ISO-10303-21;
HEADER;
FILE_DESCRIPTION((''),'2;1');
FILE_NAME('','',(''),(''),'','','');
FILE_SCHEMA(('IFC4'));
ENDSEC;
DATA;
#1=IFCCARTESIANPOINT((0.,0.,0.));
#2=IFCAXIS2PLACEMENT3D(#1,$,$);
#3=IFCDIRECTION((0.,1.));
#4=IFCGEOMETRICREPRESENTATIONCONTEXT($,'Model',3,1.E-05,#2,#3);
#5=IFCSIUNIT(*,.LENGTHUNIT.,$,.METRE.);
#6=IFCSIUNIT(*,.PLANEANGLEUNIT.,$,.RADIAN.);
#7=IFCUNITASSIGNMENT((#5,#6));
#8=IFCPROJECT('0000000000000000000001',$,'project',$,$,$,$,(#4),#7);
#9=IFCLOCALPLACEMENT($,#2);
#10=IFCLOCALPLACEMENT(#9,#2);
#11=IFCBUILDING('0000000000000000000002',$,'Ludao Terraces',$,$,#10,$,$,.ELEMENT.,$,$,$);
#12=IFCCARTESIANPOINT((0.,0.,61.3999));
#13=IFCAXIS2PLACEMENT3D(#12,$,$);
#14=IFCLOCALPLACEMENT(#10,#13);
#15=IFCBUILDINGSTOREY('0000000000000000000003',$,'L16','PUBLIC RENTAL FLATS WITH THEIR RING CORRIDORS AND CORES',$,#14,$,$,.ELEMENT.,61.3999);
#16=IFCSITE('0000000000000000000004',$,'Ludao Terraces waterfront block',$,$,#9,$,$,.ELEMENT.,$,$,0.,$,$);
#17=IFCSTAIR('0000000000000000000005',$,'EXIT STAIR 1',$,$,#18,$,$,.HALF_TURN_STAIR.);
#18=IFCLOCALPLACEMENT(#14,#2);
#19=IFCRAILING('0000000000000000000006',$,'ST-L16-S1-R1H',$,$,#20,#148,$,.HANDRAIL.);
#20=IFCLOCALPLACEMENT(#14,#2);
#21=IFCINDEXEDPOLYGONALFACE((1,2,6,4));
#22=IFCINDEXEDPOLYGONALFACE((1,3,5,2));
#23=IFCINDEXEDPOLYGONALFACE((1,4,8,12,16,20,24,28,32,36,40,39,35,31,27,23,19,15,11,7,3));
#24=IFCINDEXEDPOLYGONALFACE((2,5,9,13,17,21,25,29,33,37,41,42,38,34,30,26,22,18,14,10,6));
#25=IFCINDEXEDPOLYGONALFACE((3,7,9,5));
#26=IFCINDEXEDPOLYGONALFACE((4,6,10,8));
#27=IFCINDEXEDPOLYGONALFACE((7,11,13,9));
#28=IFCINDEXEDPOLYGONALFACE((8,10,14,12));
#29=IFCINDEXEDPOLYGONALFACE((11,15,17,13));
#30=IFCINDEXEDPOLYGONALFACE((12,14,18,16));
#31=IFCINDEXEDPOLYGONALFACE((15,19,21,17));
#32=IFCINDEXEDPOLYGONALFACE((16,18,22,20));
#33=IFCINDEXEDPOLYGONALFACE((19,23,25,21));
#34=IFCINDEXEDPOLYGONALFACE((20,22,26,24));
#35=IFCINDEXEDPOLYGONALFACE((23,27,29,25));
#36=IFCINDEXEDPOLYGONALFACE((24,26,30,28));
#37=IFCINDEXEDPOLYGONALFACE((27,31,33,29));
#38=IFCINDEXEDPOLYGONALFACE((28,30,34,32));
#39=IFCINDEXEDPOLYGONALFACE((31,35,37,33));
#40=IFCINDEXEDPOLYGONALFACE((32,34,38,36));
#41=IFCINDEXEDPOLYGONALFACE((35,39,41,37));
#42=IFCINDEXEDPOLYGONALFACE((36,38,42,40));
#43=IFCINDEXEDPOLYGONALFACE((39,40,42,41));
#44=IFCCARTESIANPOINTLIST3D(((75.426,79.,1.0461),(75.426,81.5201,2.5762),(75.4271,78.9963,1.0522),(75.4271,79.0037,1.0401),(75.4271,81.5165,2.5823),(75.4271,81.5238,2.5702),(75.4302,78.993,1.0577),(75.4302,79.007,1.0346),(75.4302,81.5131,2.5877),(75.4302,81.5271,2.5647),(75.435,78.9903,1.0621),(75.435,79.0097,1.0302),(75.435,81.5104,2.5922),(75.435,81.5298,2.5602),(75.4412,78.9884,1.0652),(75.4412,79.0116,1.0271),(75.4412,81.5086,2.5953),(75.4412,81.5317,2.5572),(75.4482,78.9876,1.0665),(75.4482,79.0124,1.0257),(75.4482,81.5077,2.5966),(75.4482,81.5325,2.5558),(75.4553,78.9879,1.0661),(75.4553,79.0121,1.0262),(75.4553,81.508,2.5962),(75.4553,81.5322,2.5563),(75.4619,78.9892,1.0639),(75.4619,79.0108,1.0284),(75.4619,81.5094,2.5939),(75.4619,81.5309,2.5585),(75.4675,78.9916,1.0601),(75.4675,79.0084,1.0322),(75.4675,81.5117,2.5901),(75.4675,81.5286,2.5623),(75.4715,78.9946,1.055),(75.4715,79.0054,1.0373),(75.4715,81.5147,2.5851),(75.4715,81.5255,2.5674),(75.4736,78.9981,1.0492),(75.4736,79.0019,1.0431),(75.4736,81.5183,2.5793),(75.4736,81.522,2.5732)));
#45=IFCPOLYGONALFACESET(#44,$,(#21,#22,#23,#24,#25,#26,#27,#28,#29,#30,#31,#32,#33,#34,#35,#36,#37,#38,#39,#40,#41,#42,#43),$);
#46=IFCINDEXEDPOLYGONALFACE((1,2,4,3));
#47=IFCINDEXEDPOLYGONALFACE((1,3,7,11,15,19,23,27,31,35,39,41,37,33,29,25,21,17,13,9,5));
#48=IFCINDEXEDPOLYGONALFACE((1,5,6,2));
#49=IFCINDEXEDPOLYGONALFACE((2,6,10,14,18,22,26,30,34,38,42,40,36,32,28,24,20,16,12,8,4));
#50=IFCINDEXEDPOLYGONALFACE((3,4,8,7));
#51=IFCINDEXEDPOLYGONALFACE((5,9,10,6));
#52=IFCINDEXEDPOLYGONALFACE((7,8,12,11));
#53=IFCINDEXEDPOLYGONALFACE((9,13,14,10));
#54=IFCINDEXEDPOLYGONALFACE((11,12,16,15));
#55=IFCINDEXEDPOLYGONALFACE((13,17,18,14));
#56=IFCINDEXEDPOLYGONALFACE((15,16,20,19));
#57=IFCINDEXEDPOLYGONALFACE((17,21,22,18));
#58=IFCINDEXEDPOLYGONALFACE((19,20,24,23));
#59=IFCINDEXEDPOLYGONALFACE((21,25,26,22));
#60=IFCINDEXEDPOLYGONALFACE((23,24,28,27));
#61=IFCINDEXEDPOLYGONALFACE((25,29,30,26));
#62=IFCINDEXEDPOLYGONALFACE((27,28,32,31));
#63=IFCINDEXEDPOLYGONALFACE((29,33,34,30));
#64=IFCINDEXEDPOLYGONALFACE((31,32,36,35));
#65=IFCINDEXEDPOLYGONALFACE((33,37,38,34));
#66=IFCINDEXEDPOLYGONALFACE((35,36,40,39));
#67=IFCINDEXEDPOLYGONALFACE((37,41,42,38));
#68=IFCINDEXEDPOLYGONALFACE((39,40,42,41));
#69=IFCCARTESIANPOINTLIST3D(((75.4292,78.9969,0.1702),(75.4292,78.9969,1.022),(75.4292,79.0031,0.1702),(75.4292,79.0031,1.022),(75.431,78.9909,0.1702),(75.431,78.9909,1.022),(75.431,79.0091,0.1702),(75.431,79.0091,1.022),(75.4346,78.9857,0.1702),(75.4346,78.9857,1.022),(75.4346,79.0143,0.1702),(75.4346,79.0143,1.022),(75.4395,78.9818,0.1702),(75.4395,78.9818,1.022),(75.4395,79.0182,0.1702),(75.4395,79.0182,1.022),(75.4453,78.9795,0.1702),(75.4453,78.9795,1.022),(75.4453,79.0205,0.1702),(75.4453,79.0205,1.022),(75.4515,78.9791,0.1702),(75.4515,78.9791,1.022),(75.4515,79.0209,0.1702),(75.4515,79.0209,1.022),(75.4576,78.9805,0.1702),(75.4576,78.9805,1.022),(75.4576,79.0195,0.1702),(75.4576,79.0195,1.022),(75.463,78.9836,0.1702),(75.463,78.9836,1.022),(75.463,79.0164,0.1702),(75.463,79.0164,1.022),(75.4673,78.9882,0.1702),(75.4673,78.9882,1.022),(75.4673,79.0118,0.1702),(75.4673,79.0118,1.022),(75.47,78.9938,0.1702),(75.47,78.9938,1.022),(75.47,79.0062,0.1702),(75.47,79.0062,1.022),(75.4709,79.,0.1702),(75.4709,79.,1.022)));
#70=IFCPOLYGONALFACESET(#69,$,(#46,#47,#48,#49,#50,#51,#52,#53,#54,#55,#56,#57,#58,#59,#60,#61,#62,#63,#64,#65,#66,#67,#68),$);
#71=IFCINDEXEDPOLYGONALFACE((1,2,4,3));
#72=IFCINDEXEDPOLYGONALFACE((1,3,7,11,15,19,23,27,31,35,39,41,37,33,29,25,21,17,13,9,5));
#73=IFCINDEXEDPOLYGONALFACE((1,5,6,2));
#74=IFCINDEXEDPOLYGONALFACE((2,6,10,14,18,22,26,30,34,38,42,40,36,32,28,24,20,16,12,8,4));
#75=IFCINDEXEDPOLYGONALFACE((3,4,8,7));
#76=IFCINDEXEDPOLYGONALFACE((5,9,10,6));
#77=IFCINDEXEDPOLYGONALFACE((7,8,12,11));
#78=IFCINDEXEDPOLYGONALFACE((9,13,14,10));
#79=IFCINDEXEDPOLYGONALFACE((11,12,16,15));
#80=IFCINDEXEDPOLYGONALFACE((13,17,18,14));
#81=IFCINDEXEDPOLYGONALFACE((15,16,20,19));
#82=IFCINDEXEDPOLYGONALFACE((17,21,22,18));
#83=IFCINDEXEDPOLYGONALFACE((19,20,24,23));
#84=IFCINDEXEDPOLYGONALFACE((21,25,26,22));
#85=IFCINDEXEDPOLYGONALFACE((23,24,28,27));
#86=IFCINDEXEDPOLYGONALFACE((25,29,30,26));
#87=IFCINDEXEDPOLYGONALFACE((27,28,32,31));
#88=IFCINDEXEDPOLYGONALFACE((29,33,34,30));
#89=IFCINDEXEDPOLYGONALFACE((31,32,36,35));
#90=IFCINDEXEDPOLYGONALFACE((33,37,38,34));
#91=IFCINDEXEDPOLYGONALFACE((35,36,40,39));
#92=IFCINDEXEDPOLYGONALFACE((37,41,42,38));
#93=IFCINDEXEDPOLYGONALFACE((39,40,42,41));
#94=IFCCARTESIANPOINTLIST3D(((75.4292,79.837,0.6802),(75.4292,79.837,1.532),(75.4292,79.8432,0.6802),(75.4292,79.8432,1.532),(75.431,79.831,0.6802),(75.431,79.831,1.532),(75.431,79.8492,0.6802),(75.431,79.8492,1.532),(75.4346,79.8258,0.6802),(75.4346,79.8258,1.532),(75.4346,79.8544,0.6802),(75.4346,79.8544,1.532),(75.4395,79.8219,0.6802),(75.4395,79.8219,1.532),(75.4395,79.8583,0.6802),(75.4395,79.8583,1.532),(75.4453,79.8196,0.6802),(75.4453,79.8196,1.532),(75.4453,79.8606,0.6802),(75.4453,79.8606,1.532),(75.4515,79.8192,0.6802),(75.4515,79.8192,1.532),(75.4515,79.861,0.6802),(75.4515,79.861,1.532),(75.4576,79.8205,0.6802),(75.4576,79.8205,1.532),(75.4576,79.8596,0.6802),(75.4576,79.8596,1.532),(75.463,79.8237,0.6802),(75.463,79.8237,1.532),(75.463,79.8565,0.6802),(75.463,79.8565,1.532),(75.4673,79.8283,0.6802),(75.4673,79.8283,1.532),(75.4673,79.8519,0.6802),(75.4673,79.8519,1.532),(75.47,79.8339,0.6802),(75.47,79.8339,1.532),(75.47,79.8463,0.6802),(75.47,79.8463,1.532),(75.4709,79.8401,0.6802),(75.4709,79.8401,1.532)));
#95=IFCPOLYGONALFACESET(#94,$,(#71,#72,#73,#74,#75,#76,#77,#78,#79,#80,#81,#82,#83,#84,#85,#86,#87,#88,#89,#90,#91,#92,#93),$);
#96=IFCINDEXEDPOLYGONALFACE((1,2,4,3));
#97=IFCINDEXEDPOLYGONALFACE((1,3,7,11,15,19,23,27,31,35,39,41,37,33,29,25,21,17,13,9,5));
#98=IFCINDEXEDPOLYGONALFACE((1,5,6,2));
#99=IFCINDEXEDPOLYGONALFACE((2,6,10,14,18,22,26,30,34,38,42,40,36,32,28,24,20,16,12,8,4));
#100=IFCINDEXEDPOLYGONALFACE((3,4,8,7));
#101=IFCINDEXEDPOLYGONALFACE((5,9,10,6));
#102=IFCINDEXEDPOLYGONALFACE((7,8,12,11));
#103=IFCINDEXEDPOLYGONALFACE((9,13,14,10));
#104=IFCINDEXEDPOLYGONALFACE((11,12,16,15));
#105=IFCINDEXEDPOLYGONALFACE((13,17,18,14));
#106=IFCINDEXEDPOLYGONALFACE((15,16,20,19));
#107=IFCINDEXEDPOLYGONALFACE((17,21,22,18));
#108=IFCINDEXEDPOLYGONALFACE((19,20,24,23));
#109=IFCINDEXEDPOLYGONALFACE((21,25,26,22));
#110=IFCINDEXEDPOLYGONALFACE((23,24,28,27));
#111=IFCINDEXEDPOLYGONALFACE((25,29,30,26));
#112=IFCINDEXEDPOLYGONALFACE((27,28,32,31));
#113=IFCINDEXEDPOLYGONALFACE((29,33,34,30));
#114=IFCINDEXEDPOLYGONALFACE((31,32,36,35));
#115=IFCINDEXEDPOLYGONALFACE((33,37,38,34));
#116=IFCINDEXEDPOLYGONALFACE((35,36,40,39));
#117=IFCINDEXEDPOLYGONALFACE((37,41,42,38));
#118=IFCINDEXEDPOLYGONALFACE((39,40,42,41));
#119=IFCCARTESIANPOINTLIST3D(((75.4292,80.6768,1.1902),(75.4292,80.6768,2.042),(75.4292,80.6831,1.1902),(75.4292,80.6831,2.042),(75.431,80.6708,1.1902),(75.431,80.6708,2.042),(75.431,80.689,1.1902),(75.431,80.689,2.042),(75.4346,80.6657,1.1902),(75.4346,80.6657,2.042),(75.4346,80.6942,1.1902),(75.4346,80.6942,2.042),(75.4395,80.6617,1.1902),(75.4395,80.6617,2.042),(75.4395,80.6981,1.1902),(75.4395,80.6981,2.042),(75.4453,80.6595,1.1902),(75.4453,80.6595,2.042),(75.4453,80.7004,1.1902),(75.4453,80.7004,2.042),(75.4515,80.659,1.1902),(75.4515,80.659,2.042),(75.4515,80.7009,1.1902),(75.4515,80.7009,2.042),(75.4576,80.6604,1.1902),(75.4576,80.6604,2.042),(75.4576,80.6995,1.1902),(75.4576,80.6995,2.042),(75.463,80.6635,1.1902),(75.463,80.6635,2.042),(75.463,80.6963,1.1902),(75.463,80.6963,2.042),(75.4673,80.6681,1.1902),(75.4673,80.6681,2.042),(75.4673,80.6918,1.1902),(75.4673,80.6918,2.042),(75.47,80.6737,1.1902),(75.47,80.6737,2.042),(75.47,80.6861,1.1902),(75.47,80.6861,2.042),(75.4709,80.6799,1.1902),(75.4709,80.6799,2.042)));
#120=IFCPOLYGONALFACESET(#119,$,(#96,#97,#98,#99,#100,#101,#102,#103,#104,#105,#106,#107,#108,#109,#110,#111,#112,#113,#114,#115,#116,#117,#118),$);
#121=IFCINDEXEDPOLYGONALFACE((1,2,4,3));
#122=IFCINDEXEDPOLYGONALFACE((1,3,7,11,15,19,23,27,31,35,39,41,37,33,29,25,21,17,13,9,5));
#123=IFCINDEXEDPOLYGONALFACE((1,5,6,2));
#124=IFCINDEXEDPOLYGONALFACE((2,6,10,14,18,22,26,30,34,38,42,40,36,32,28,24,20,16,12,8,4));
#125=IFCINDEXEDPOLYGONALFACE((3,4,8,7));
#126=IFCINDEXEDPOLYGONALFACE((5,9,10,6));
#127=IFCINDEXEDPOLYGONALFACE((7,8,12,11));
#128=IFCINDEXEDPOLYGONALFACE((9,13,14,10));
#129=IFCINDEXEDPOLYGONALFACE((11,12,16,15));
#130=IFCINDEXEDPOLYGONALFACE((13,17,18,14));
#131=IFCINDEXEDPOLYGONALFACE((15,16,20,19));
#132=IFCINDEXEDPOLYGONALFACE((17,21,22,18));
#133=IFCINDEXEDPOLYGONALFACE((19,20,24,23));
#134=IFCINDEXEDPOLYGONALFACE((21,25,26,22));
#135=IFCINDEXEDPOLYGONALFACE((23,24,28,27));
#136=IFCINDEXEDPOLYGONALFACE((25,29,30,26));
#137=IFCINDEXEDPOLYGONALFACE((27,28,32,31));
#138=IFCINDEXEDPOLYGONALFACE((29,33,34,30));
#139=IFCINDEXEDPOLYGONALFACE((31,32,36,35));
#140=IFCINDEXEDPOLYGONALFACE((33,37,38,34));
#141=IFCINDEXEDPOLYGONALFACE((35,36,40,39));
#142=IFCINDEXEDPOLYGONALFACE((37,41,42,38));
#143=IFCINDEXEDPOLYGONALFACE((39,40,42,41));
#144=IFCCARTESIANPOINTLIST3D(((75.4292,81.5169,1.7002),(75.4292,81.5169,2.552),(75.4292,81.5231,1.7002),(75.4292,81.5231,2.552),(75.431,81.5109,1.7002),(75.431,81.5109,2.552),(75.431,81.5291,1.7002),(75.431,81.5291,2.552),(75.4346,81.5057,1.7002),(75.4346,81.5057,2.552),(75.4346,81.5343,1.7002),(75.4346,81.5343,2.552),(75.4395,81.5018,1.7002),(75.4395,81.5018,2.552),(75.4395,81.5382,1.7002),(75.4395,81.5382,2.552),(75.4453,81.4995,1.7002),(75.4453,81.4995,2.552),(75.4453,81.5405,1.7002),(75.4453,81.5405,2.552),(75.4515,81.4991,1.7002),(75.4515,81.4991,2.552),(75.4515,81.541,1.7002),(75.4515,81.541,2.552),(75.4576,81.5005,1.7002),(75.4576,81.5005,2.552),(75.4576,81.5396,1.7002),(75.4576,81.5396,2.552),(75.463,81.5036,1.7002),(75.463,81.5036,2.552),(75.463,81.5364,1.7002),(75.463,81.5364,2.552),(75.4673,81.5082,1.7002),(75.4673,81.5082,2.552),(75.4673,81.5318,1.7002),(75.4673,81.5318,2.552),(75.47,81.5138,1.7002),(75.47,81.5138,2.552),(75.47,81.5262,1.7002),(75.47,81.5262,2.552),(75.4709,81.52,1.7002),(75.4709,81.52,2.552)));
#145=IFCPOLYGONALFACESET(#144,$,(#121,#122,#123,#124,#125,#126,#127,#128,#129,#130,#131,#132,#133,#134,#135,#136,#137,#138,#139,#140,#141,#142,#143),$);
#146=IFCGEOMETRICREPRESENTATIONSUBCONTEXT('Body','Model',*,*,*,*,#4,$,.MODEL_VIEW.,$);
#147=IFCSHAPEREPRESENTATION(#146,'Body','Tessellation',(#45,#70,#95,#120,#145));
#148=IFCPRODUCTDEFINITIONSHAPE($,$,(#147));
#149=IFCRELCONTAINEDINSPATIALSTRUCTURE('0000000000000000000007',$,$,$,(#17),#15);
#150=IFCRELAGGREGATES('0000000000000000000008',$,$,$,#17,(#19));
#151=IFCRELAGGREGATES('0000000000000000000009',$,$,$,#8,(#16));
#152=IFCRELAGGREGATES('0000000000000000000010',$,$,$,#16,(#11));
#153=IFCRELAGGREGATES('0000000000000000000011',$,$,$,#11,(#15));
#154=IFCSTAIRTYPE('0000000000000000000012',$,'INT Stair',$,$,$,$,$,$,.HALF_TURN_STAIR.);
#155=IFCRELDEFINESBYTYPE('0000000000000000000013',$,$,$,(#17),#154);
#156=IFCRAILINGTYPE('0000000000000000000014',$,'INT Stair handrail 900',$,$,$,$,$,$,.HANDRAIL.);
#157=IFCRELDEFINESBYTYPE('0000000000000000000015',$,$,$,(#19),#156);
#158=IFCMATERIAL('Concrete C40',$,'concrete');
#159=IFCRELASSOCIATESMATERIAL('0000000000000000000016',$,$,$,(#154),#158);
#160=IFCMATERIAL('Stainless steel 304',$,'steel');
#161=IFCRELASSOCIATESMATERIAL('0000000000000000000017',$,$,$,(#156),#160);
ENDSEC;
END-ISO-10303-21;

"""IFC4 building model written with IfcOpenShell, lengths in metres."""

from ifc_helpers import new_model, si_unit, direction, frame, origin, origin_2d, place, context, subcontext, project, spatial, circle, extrude, material, type_object, element, aggregate, save


model = new_model("IFC4")

# Units and contexts
model_context = context("Model", 3, precision=1e-05, world=origin(), true_north=direction((0.0, 1.0)))
body_context = subcontext(model_context, "Body", "Model", "MODEL_VIEW")
ifc_project = project(units=[si_unit("LENGTHUNIT", "METRE"), si_unit("PLANEANGLEUNIT", "RADIAN")], contexts=[model_context])

# Site, building, storey
site_placement = place(None, origin())
site = spatial("IfcSite", under=ifc_project, at=site_placement, Name="Ludao Terraces waterfront block", CompositionType="ELEMENT", RefElevation=0.0)
building_placement = place(site_placement, origin())
building = spatial("IfcBuilding", under=site, at=building_placement, Name="Ludao Terraces", CompositionType="ELEMENT")
storey_placement = place(building_placement, frame((0.0, 0.0, 61.3999)))
storey = spatial("IfcBuildingStorey", under=building, at=storey_placement, Name="L16", Description="PUBLIC RENTAL FLATS WITH THEIR RING CORRIDORS AND CORES", CompositionType="ELEMENT", Elevation=61.3999)

# Stair, railing
ifc_material_1 = material(Name="Concrete C40", Category="concrete")
stair_type = type_object("IfcStairType", Name="INT Stair", PredefinedType="HALF_TURN_STAIR", material=ifc_material_1)
stair_placement = place(storey_placement, origin())
stair = element("IfcStair", 1, at=stair_placement, inside=storey, type_object=stair_type, Name="EXIT STAIR 1", PredefinedType="HALF_TURN_STAIR")
ifc_material_2 = material(Name="Stainless steel 304", Category="steel")
railing_type_1 = type_object("IfcRailingType", Name="INT Stair handrail 900", PredefinedType="HANDRAIL", material=ifc_material_2)
railing_1_placement = place(storey_placement, frame((75.45, 79.0, 0.1702)))
railing_1 = element("IfcRailing", 2, at=railing_1_placement, type_object=railing_type_1, Name="ST-L16-S1-R1H", PredefinedType="HANDRAIL", context=body_context, shape_type="SweptSolid", body=[
    extrude(circle(Radius=0.0239, at=origin_2d()), frame((0.0, 0.0, 0.876), z_axis=(0.0, 0.854785, 0.518982), x_axis=(-1.0, 0.0, 0.0)), (0.0, 0.0, 1.0), 2.9482),
    extrude(circle(Radius=0.021, at=origin_2d()), origin(), (0.0, 0.0, 1.0), 0.8518),
    extrude(circle(Radius=0.021, at=origin_2d()), frame((0.0, 0.8401, 0.51)), (0.0, 0.0, 1.0), 0.8518),
    extrude(circle(Radius=0.021, at=origin_2d()), frame((0.0, 1.6799, 1.02)), (0.0, 0.0, 1.0), 0.8518),
    extrude(circle(Radius=0.021, at=origin_2d()), frame((0.0, 2.52, 1.53)), (0.0, 0.0, 1.0), 0.8518),
])
aggregate(stair, [railing_1])

save(model, "model.ifc")
